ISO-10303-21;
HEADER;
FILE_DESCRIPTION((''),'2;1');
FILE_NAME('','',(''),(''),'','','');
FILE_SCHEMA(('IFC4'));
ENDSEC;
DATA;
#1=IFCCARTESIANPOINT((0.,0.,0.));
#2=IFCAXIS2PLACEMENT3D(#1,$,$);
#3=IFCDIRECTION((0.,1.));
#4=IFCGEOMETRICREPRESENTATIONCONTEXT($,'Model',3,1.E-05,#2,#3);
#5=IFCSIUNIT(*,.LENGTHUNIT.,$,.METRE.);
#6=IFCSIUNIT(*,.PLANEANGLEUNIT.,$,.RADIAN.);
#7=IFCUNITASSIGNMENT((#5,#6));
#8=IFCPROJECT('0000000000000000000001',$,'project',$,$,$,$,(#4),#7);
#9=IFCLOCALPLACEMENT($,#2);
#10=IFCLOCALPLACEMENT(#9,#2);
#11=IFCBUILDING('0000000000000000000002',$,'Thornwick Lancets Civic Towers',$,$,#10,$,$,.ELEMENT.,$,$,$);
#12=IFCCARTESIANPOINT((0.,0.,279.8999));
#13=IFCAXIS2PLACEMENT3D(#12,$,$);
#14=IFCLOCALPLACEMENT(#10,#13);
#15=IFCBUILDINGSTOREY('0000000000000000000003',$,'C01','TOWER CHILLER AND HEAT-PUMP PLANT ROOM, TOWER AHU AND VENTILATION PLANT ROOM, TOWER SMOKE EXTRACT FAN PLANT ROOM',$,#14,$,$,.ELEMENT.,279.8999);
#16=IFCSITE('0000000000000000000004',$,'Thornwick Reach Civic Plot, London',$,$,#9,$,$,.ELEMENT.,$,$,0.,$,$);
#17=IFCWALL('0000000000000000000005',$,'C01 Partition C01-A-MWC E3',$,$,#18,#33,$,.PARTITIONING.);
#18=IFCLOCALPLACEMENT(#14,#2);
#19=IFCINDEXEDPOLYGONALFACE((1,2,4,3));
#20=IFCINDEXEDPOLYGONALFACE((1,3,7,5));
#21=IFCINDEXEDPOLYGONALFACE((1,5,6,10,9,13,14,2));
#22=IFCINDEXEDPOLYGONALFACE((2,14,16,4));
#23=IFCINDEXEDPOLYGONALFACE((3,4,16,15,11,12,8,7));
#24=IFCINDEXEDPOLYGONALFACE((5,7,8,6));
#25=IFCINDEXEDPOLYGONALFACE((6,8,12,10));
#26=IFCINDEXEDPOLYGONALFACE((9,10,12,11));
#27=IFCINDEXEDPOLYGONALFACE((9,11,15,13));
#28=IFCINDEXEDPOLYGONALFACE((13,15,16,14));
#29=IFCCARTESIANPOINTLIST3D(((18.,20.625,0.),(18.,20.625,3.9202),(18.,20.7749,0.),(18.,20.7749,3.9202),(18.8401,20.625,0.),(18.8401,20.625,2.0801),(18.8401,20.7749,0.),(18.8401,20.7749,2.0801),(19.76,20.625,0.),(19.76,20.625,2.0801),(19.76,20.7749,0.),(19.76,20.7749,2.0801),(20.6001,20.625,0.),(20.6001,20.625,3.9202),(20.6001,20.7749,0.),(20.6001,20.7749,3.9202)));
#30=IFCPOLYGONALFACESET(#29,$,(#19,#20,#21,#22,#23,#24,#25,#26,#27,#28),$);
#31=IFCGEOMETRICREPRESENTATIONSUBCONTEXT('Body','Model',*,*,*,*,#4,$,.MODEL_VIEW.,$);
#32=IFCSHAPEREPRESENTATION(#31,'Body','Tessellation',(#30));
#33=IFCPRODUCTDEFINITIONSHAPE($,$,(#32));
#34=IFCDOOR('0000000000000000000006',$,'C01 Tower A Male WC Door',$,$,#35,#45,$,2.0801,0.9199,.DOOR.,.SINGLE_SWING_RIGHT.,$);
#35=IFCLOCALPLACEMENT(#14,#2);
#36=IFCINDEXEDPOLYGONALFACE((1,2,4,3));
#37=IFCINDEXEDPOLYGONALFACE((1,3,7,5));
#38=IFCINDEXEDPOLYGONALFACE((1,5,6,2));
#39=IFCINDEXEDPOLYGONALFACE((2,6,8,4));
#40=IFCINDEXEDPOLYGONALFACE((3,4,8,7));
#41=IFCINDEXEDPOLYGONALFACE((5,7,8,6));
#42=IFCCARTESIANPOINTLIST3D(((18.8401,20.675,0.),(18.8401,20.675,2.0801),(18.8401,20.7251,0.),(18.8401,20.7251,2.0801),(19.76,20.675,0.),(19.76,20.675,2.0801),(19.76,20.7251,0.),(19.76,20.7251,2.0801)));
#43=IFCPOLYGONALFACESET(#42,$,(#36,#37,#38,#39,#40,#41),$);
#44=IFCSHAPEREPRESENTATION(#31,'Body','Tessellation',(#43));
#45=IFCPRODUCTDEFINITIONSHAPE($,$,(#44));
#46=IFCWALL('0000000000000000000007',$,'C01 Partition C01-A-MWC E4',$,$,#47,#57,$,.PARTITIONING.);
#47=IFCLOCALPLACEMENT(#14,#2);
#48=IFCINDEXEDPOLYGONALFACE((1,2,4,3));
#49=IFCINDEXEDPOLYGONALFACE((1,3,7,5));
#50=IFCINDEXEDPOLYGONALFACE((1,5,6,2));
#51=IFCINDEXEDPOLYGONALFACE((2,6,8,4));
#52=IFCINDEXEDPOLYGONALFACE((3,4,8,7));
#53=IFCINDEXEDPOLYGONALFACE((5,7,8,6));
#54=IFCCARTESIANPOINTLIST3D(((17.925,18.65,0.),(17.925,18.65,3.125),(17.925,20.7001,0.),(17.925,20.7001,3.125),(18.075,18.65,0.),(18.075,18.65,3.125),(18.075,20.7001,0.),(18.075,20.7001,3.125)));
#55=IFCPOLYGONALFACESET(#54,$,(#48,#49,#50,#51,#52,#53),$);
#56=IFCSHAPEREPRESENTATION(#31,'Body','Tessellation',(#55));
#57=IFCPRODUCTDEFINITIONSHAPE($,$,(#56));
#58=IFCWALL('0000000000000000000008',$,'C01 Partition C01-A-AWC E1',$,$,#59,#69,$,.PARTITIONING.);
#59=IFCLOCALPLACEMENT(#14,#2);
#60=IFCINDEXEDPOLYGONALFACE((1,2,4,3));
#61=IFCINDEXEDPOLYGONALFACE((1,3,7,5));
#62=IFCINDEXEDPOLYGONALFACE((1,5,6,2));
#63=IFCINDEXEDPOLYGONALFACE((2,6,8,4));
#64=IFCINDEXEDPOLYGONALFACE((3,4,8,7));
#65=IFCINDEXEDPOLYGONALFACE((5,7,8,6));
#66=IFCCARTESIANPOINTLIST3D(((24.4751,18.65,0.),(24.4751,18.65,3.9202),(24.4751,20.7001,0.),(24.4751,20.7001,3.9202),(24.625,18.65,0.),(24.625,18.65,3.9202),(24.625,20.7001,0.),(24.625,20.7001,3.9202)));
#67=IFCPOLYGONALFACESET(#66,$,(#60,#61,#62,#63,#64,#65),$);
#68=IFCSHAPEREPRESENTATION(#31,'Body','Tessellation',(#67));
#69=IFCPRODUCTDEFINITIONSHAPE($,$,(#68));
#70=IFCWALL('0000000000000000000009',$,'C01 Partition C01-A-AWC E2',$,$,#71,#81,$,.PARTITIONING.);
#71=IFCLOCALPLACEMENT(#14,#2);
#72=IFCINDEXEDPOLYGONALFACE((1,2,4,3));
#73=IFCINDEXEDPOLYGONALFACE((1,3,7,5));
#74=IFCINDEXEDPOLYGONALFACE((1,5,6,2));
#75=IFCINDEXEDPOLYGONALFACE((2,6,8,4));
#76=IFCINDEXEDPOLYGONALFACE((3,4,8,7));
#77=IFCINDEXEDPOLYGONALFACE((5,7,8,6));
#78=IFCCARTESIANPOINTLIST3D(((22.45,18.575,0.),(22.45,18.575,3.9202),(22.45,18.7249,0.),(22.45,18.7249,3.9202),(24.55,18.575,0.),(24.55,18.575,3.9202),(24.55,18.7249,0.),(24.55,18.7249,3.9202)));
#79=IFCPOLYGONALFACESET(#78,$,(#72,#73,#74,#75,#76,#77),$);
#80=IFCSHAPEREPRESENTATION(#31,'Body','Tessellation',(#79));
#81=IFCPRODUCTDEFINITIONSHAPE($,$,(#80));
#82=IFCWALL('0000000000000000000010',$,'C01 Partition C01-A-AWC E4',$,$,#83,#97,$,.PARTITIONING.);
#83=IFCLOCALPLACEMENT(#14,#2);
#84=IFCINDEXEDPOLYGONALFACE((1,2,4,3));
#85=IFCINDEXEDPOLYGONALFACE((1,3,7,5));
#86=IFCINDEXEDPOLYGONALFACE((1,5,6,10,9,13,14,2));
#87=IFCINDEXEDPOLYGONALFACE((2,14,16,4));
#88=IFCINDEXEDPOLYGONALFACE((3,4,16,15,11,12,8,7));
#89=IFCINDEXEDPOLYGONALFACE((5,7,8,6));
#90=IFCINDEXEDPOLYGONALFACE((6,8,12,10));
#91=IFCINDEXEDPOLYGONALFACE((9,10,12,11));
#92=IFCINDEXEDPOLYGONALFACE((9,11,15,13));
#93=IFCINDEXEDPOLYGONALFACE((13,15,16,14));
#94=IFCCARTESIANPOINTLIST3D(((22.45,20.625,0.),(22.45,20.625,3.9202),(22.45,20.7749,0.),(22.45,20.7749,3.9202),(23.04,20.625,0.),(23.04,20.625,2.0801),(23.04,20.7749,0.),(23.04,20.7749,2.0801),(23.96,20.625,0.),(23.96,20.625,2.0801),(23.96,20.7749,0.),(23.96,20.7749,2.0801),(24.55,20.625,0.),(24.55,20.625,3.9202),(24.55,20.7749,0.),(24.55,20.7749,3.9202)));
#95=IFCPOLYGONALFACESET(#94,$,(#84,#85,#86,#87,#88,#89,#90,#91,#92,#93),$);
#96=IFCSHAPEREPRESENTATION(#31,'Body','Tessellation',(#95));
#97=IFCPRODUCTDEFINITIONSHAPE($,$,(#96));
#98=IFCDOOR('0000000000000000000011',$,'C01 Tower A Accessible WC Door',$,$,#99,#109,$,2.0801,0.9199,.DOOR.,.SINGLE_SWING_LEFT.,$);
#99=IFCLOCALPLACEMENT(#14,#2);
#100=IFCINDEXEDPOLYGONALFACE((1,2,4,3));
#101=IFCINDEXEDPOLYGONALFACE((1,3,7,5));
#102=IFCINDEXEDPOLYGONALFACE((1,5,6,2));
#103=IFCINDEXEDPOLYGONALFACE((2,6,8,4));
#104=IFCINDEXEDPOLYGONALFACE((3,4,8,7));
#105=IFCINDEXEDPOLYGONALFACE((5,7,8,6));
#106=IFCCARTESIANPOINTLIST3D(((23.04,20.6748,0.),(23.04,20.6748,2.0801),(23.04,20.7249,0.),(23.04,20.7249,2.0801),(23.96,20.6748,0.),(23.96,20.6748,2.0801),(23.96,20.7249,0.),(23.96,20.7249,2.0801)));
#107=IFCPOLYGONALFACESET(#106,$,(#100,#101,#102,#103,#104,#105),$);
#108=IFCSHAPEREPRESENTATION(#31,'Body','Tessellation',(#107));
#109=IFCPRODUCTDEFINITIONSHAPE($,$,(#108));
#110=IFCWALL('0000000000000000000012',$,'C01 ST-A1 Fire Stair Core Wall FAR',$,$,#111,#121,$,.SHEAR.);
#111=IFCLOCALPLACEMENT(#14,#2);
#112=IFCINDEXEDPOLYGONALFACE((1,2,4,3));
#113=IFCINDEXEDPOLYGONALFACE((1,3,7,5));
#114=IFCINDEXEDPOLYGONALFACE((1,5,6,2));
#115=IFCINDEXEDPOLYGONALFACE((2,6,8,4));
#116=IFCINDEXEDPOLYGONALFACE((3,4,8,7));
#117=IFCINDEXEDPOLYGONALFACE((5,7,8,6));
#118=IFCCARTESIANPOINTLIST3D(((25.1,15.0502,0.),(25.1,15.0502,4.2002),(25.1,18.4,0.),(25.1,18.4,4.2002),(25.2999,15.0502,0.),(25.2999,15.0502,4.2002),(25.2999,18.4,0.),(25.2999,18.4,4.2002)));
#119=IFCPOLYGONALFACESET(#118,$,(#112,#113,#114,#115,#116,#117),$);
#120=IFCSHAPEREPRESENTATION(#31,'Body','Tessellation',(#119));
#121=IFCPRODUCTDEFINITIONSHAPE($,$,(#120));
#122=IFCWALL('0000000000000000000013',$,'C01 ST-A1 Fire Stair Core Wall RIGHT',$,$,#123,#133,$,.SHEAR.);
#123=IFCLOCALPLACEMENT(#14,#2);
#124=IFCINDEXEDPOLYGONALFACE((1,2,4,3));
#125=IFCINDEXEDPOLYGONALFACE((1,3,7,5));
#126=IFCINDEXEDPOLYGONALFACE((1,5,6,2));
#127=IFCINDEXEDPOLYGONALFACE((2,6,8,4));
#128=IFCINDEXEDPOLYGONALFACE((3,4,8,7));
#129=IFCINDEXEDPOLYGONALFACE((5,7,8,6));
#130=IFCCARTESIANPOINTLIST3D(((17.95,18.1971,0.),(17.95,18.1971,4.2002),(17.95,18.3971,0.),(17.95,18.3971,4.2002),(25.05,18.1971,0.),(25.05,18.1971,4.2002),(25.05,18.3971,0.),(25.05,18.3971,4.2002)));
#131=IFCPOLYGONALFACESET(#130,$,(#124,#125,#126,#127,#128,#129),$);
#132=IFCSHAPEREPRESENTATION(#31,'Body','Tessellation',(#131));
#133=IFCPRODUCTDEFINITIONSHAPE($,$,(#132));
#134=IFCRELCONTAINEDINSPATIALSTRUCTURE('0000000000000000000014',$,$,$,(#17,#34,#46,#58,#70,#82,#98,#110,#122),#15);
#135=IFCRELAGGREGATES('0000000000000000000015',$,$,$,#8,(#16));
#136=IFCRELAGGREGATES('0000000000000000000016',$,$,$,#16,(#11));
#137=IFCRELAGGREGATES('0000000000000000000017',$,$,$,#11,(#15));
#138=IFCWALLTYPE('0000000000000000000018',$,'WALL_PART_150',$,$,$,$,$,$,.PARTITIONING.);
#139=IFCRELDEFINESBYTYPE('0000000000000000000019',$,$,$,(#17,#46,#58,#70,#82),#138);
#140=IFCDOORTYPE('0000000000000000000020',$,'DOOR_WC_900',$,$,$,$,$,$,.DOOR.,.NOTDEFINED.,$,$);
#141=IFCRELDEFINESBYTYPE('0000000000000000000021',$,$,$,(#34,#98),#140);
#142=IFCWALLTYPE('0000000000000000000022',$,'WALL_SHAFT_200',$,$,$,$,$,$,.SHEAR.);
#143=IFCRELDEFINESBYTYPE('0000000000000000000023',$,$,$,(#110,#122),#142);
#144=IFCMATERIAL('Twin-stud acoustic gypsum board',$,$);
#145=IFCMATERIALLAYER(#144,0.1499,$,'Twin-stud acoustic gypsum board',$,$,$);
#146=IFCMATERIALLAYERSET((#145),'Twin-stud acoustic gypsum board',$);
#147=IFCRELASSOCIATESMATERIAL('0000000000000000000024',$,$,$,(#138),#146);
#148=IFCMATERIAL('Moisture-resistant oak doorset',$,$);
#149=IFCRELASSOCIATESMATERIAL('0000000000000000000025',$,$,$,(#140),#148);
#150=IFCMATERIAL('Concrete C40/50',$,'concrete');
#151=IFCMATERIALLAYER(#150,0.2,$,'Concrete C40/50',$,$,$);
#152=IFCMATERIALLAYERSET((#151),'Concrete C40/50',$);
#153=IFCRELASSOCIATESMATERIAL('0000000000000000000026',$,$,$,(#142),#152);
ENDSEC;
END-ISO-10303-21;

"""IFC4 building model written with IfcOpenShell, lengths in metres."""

from ifc_helpers import new_model, si_unit, direction, frame, frame_2d, origin, place, context, subcontext, project, spatial, rectangle, extrude, material, layer, layer_set, type_object, element, fill, save


model = new_model("IFC4")

# Units and contexts
model_context = context("Model", 3, precision=1e-05, world=origin(), true_north=direction((0.0, 1.0)))
body_context = subcontext(model_context, "Body", "Model", "MODEL_VIEW")
ifc_project = project(units=[si_unit("LENGTHUNIT", "METRE"), si_unit("PLANEANGLEUNIT", "RADIAN")], contexts=[model_context])

# Site, building, storey
site_placement = place(None, origin())
site = spatial("IfcSite", under=ifc_project, at=site_placement, Name="Thornwick Reach Civic Plot, London", CompositionType="ELEMENT", RefElevation=0.0)
building_placement = place(site_placement, origin())
building = spatial("IfcBuilding", under=site, at=building_placement, Name="Thornwick Lancets Civic Towers", CompositionType="ELEMENT")
storey_placement = place(building_placement, frame((0.0, 0.0, 279.8999)))
storey = spatial("IfcBuildingStorey", under=building, at=storey_placement, Name="C01", Description="TOWER CHILLER AND HEAT-PUMP PLANT ROOM, TOWER AHU AND VENTILATION PLANT ROOM, TOWER SMOKE EXTRACT FAN PLANT ROOM", CompositionType="ELEMENT", Elevation=279.8999)

# Shared definitions
ifc_material_1 = material(Name="Twin-stud acoustic gypsum board")
ifc_layer_1 = layer(ifc_material_1, 0.1499, Name="Twin-stud acoustic gypsum board")
ifc_layer_set_1 = layer_set([ifc_layer_1], Name="Twin-stud acoustic gypsum board")
wall_type_1 = type_object("IfcWallType", Name="WALL_PART_150", PredefinedType="PARTITIONING", material=ifc_layer_set_1)

# Wall, opening, door
wall_1_placement = place(storey_placement, frame((20.6001, 20.7, 0.0), z_axis=(0.0, 0.0, 1.0), x_axis=(-1.0, 0.0, 0.0)))
wall_1 = element("IfcWall", 1, at=wall_1_placement, inside=storey, type_object=wall_type_1, Name="C01 Partition C01-A-MWC E3", PredefinedType="PARTITIONING", context=body_context, shape_type="SweptSolid", body=[
    extrude(rectangle(XDim=2.6001, YDim=0.1499, at=frame_2d((1.3, 0.0))), origin(), (0.0, 0.0, 1.0), 3.9202),
])
opening_1_placement = place(wall_1_placement, frame((0.8401, 0.0, 0.0)))
opening_1 = element("IfcOpeningElement", 2, at=opening_1_placement, cuts=wall_1, PredefinedType="OPENING", context=body_context, shape_type="SweptSolid", body=[
    extrude(rectangle(XDim=0.9199, YDim=2.0801, at=frame_2d((0.46, 1.04))), frame((0.0, 0.085, 0.0), z_axis=(0.0, -1.0, 0.0), x_axis=(1.0, 0.0, 0.0)), (0.0, 0.0, 1.0), 0.1699),
])
ifc_material_2 = material(Name="Moisture-resistant oak doorset")
door_type_1 = type_object("IfcDoorType", Name="DOOR_WC_900", OperationType="NOTDEFINED", PredefinedType="DOOR", material=ifc_material_2)
door_1_placement = place(opening_1_placement, origin())
door_1 = element("IfcDoor", 3, at=door_1_placement, inside=storey, type_object=door_type_1, Name="C01 Tower A Male WC Door", OperationType="SINGLE_SWING_RIGHT", OverallHeight=2.0801, OverallWidth=0.9199, PredefinedType="DOOR", context=body_context, shape_type="SweptSolid", body=[
    extrude(rectangle(XDim=0.9199, YDim=2.0801, at=frame_2d((0.46, 1.04))), frame((0.0, 0.0249, 0.0), z_axis=(0.0, -1.0, 0.0), x_axis=(1.0, 0.0, 0.0)), (0.0, 0.0, 1.0), 0.05),
])
fill(opening_1, door_1)

# Walls
wall_2_placement = place(storey_placement, frame((18.0, 20.7, 0.0), z_axis=(0.0, 0.0, 1.0), x_axis=(0.0, -1.0, 0.0)))
element("IfcWall", 4, at=wall_2_placement, inside=storey, type_object=wall_type_1, Name="C01 Partition C01-A-MWC E4", PredefinedType="PARTITIONING", context=body_context, shape_type="SweptSolid", body=[
    extrude(rectangle(XDim=2.05, YDim=0.1499, at=frame_2d((1.0249, 0.0))), origin(), (0.0, 0.0, 1.0), 3.125),
])
wall_3_placement = place(storey_placement, frame((24.55, 20.7, 0.0), z_axis=(0.0, 0.0, 1.0), x_axis=(0.0, -1.0, 0.0)))
element("IfcWall", 5, at=wall_3_placement, inside=storey, type_object=wall_type_1, Name="C01 Partition C01-A-AWC E1", PredefinedType="PARTITIONING", context=body_context, shape_type="SweptSolid", body=[
    extrude(rectangle(XDim=2.05, YDim=0.1499, at=frame_2d((1.0249, 0.0))), origin(), (0.0, 0.0, 1.0), 3.9202),
])
wall_4_placement = place(storey_placement, frame((24.55, 18.6499, 0.0), z_axis=(0.0, 0.0, 1.0), x_axis=(-1.0, 0.0, 0.0)))
element("IfcWall", 6, at=wall_4_placement, inside=storey, type_object=wall_type_1, Name="C01 Partition C01-A-AWC E2", PredefinedType="PARTITIONING", context=body_context, shape_type="SweptSolid", body=[
    extrude(rectangle(XDim=2.1001, YDim=0.1499, at=frame_2d((1.05, 0.0))), origin(), (0.0, 0.0, 1.0), 3.9202),
])

# Wall, opening, door
wall_5_placement = place(storey_placement, frame((22.45, 20.7, 0.0), z_axis=(0.0, 0.0, 1.0), x_axis=(1.0, 0.0, 0.0)))
wall_5 = element("IfcWall", 7, at=wall_5_placement, inside=storey, type_object=wall_type_1, Name="C01 Partition C01-A-AWC E4", PredefinedType="PARTITIONING", context=body_context, shape_type="SweptSolid", body=[
    extrude(rectangle(XDim=2.1001, YDim=0.1499, at=frame_2d((1.05, 0.0))), origin(), (0.0, 0.0, 1.0), 3.9202),
])
opening_2_placement = place(wall_5_placement, frame((0.5901, 0.0, 0.0)))
opening_2 = element("IfcOpeningElement", 8, at=opening_2_placement, cuts=wall_5, PredefinedType="OPENING", context=body_context, shape_type="SweptSolid", body=[
    extrude(rectangle(XDim=0.9199, YDim=2.0801, at=frame_2d((0.46, 1.04))), frame((0.0, 0.085, 0.0), z_axis=(0.0, -1.0, 0.0), x_axis=(1.0, 0.0, 0.0)), (0.0, 0.0, 1.0), 0.1699),
])
door_2_placement = place(opening_2_placement, origin())
door_2 = element("IfcDoor", 9, at=door_2_placement, inside=storey, type_object=door_type_1, Name="C01 Tower A Accessible WC Door", OperationType="SINGLE_SWING_LEFT", OverallHeight=2.0801, OverallWidth=0.9199, PredefinedType="DOOR", context=body_context, shape_type="SweptSolid", body=[
    extrude(rectangle(XDim=0.9199, YDim=2.0801, at=frame_2d((0.46, 1.04))), frame((0.0, 0.0249, 0.0), z_axis=(0.0, -1.0, 0.0), x_axis=(1.0, 0.0, 0.0)), (0.0, 0.0, 1.0), 0.05),
])
fill(opening_2, door_2)

# Walls
ifc_material_3 = material(Name="Concrete C40/50", Category="concrete")
ifc_layer_2 = layer(ifc_material_3, 0.2, Name="Concrete C40/50")
ifc_layer_set_2 = layer_set([ifc_layer_2], Name="Concrete C40/50")
wall_type_2 = type_object("IfcWallType", Name="WALL_SHAFT_200", PredefinedType="SHEAR", material=ifc_layer_set_2)
wall_6_placement = place(storey_placement, frame((25.2, 18.3999, 0.0), z_axis=(0.0, 0.0, 1.0), x_axis=(0.0, -1.0, 0.0)))
element("IfcWall", 10, at=wall_6_placement, inside=storey, type_object=wall_type_2, Name="C01 ST-A1 Fire Stair Core Wall FAR", PredefinedType="SHEAR", context=body_context, shape_type="SweptSolid", body=[
    extrude(rectangle(XDim=3.3499, YDim=0.2, at=frame_2d((1.6748, 0.0))), origin(), (0.0, 0.0, 1.0), 4.2002),
])
wall_7_placement = place(storey_placement, frame((25.05, 18.2971, 0.0), z_axis=(0.0, 0.0, 1.0), x_axis=(-1.0, 0.0, 0.0)))
element("IfcWall", 11, at=wall_7_placement, inside=storey, type_object=wall_type_2, Name="C01 ST-A1 Fire Stair Core Wall RIGHT", PredefinedType="SHEAR", context=body_context, shape_type="SweptSolid", body=[
    extrude(rectangle(XDim=7.1001, YDim=0.2, at=frame_2d((3.55, 0.0))), origin(), (0.0, 0.0, 1.0), 4.2002),
])

save(model, "model.ifc")
